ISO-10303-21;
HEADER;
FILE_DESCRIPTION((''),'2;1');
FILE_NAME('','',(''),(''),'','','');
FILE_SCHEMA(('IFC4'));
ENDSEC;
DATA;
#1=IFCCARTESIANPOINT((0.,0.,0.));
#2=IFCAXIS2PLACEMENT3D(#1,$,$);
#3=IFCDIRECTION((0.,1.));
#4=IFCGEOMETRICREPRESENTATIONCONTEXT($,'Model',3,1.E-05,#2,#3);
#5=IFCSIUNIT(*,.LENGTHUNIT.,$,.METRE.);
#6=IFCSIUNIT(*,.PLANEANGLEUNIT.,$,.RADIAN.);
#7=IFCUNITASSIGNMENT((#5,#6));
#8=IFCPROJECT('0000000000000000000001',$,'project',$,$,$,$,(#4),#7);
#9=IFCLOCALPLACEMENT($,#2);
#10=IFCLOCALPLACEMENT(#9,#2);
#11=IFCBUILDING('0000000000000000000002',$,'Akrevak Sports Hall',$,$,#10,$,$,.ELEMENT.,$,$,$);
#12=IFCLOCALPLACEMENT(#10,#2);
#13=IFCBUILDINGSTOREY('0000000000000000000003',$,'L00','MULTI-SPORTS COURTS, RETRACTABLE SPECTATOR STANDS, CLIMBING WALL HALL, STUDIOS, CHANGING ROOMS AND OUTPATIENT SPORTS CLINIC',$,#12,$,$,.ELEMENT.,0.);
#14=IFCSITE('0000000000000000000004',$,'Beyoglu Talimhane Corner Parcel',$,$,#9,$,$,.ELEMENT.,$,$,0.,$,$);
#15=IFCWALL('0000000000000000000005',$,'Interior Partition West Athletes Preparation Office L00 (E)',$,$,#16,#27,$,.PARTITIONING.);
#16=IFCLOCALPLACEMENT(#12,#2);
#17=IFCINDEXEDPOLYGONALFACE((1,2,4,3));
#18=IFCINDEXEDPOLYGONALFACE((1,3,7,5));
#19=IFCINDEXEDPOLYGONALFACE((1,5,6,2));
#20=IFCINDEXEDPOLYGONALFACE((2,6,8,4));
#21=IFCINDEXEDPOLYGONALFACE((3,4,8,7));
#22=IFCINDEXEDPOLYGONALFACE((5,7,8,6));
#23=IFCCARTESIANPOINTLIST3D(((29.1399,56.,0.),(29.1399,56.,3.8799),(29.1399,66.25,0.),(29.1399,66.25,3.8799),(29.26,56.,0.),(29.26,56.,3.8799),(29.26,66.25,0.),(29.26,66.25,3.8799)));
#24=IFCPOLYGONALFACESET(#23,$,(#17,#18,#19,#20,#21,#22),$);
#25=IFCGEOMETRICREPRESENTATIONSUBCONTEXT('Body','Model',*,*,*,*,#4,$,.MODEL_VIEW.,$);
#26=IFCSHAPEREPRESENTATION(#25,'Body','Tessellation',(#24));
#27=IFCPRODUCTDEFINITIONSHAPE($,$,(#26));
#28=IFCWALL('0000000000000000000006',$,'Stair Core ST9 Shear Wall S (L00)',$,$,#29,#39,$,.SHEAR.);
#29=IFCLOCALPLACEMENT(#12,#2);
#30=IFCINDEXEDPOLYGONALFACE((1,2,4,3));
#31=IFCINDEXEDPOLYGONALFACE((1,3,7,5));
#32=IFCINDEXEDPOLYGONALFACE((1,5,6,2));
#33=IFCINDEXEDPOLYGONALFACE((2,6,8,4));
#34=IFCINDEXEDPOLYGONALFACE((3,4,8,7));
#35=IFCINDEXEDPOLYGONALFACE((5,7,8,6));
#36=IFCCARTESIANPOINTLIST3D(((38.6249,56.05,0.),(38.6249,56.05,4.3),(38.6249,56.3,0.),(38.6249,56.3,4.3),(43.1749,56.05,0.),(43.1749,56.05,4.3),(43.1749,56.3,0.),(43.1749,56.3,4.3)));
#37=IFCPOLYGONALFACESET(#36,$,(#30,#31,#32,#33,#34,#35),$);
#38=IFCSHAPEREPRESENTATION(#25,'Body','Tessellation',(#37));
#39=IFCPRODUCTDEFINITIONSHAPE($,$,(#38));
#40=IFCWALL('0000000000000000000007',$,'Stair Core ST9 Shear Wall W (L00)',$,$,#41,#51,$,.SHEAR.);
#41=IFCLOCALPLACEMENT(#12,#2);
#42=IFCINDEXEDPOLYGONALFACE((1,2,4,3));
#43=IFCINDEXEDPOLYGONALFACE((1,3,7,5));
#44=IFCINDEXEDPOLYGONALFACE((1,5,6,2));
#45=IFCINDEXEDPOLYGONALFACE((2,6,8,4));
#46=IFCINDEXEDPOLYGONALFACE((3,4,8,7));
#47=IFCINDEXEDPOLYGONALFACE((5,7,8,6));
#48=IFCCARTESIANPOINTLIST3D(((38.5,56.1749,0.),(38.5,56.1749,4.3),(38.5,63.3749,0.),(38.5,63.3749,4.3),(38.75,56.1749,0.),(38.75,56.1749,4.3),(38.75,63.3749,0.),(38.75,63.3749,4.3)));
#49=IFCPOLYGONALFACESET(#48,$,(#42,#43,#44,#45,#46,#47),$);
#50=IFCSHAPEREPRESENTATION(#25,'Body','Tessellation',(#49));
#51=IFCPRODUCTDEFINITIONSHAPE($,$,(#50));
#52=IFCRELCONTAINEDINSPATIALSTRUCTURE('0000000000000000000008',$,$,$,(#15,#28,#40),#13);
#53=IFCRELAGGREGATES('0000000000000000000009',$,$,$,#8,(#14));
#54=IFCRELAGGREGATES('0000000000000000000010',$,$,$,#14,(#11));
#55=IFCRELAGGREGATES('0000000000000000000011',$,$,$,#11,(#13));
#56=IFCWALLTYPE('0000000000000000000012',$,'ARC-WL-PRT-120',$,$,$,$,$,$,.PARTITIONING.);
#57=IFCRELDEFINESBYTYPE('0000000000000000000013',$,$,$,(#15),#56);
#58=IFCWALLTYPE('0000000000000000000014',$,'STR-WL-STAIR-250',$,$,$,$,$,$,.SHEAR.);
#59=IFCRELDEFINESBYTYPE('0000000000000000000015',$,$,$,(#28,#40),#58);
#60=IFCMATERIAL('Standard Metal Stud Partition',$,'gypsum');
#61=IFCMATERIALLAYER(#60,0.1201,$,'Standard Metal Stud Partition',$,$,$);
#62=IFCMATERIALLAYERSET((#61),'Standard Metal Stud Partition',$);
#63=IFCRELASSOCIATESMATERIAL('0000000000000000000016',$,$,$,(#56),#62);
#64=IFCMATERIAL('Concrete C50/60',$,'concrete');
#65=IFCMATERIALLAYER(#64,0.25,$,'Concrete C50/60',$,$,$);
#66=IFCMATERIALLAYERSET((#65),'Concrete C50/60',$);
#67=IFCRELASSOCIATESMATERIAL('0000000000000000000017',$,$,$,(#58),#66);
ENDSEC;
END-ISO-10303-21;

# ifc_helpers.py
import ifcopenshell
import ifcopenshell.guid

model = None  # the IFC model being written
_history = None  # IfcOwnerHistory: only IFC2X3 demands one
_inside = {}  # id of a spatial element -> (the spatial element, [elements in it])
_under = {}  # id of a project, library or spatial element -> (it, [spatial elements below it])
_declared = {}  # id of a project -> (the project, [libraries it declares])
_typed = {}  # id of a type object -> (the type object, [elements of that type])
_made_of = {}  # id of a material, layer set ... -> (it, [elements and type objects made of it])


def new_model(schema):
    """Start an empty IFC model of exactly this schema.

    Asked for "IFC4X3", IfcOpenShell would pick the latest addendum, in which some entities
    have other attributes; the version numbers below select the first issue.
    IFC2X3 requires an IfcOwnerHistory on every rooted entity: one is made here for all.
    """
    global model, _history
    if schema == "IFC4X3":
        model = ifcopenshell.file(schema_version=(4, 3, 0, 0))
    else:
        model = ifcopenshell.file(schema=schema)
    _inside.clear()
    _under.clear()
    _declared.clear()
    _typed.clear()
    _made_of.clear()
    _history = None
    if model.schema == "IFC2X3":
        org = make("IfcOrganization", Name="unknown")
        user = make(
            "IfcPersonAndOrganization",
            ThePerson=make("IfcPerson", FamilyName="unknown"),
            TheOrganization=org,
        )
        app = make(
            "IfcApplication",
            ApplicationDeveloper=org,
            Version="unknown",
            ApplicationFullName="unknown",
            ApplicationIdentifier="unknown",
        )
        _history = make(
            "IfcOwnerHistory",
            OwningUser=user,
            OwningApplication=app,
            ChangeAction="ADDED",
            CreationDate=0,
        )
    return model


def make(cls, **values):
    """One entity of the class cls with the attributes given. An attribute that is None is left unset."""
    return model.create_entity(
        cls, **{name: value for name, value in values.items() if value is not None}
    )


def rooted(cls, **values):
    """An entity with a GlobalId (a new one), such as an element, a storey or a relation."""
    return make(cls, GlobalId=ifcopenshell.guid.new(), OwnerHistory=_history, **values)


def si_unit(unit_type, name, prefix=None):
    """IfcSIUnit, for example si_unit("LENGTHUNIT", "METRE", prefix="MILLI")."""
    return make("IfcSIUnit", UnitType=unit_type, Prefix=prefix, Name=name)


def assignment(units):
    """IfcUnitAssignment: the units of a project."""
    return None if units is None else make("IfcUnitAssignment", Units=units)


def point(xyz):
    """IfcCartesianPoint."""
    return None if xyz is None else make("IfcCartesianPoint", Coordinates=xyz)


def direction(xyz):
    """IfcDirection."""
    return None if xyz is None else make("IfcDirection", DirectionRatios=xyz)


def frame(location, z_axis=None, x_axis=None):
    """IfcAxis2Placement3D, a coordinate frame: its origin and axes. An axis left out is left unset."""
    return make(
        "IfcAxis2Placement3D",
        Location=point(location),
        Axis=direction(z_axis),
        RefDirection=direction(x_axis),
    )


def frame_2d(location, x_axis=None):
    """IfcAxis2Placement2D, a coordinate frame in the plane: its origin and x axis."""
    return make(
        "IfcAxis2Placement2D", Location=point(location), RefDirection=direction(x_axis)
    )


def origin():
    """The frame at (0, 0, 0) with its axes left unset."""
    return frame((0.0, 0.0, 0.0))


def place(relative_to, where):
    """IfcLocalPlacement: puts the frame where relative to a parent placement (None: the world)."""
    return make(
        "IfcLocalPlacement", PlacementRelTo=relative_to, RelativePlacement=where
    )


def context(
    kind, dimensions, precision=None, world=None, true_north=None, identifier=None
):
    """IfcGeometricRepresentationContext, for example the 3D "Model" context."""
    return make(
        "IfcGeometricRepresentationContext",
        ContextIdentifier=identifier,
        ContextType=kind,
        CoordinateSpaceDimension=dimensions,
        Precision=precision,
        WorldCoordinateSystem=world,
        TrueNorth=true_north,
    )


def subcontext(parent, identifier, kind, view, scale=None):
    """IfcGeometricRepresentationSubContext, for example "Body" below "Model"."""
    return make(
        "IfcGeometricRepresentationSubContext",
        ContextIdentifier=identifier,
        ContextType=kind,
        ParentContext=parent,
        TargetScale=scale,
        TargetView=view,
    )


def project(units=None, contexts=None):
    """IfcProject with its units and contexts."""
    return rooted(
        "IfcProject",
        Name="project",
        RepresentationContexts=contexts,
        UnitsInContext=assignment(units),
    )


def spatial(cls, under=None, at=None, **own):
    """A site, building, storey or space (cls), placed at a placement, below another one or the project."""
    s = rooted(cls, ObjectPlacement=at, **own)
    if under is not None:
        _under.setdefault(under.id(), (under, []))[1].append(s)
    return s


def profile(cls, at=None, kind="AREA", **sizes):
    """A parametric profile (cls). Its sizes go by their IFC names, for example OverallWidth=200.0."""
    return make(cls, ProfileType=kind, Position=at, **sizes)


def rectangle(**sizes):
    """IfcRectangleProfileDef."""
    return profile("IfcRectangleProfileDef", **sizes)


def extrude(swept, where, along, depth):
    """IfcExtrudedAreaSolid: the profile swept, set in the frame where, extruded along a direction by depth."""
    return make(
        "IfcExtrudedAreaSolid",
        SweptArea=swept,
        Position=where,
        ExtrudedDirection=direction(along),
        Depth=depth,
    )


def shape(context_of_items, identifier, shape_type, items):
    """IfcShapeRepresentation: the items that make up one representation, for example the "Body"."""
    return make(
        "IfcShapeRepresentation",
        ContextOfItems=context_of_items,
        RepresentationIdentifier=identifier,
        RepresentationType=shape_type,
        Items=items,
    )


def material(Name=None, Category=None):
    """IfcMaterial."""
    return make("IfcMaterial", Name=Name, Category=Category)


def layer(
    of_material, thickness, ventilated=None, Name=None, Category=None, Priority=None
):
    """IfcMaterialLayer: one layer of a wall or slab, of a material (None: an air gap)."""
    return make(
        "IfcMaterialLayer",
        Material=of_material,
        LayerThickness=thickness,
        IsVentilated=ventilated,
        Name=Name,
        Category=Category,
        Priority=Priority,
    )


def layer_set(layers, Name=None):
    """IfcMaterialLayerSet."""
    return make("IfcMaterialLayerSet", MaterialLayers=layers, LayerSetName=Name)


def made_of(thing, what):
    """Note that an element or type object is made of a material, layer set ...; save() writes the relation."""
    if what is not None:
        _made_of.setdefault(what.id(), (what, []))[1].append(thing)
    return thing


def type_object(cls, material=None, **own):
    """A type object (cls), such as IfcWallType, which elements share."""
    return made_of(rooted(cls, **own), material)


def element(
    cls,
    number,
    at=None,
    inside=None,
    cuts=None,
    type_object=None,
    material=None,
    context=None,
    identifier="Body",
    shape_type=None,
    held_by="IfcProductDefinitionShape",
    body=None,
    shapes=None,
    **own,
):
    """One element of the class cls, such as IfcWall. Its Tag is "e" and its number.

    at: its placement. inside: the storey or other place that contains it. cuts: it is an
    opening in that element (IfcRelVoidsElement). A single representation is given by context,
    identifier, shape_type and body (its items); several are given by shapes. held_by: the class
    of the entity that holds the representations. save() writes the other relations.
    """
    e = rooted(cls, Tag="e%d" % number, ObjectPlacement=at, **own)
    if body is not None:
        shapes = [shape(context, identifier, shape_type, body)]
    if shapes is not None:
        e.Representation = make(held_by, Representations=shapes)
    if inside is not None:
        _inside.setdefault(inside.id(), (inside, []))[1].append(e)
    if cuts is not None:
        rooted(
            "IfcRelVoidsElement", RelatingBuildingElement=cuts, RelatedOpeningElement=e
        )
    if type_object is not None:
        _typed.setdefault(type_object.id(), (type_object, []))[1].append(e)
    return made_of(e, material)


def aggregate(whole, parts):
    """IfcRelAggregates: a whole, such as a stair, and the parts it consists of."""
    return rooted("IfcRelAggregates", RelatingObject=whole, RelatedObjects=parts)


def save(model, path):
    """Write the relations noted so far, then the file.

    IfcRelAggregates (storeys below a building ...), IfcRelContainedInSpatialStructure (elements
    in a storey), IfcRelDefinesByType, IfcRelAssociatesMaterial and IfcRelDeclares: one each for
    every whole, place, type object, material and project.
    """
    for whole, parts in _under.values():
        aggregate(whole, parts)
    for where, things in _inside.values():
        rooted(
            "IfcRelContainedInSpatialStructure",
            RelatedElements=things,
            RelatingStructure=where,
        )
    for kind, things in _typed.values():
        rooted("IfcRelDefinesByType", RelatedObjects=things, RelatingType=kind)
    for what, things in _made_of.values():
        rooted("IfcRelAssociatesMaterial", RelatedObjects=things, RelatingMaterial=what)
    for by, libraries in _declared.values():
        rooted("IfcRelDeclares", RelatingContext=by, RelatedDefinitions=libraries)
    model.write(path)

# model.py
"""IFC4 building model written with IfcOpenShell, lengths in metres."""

from ifc_helpers import new_model, si_unit, direction, frame, frame_2d, origin, place, context, subcontext, project, spatial, rectangle, extrude, material, layer, layer_set, type_object, element, save


model = new_model("IFC4")

# Units and contexts
model_context = context("Model", 3, precision=1e-05, world=origin(), true_north=direction((0.0, 1.0)))
body_context = subcontext(model_context, "Body", "Model", "MODEL_VIEW")
ifc_project = project(units=[si_unit("LENGTHUNIT", "METRE"), si_unit("PLANEANGLEUNIT", "RADIAN")], contexts=[model_context])

# Site, building, storey
site_placement = place(None, origin())
site = spatial("IfcSite", under=ifc_project, at=site_placement, Name="Beyoglu Talimhane Corner Parcel", CompositionType="ELEMENT", RefElevation=0.0)
building_placement = place(site_placement, origin())
building = spatial("IfcBuilding", under=site, at=building_placement, Name="Akrevak Sports Hall", CompositionType="ELEMENT")
storey_placement = place(building_placement, origin())
storey = spatial("IfcBuildingStorey", under=building, at=storey_placement, Name="L00", Description="MULTI-SPORTS COURTS, RETRACTABLE SPECTATOR STANDS, CLIMBING WALL HALL, STUDIOS, CHANGING ROOMS AND OUTPATIENT SPORTS CLINIC", CompositionType="ELEMENT", Elevation=0.0)

# Shared definitions
ifc_material_1 = material(Name="Concrete C50/60", Category="concrete")

# Walls
ifc_material_2 = material(Name="Standard Metal Stud Partition", Category="gypsum")
ifc_layer_1 = layer(ifc_material_2, 0.1201, Name="Standard Metal Stud Partition")
ifc_layer_set_1 = layer_set([ifc_layer_1], Name="Standard Metal Stud Partition")
wall_type_1 = type_object("IfcWallType", Name="ARC-WL-PRT-120", PredefinedType="PARTITIONING", material=ifc_layer_set_1)
wall_1_placement = place(storey_placement, frame((29.2, 56.0, 0.0), z_axis=(0.0, 0.0, 1.0), x_axis=(0.0, 1.0, 0.0)))
element("IfcWall", 1, at=wall_1_placement, inside=storey, type_object=wall_type_1, Name="Interior Partition West Athletes Preparation Office L00 (E)", PredefinedType="PARTITIONING", context=body_context, shape_type="SweptSolid", body=[
    extrude(rectangle(XDim=10.25, YDim=0.1201, at=frame_2d((5.125, 0.0))), origin(), (0.0, 0.0, 1.0), 3.8799),
])
ifc_layer_2 = layer(ifc_material_1, 0.25, Name="Concrete C50/60")
ifc_layer_set_2 = layer_set([ifc_layer_2], Name="Concrete C50/60")
wall_type_2 = type_object("IfcWallType", Name="STR-WL-STAIR-250", PredefinedType="SHEAR", material=ifc_layer_set_2)
wall_2_placement = place(storey_placement, frame((38.625, 56.175, 0.0), z_axis=(0.0, 0.0, 1.0), x_axis=(1.0, 0.0, 0.0)))
element("IfcWall", 2, at=wall_2_placement, inside=storey, type_object=wall_type_2, Name="Stair Core ST9 Shear Wall S (L00)", PredefinedType="SHEAR", context=body_context, shape_type="SweptSolid", body=[
    extrude(rectangle(XDim=4.55, YDim=0.25, at=frame_2d((2.2749, 0.0))), origin(), (0.0, 0.0, 1.0), 4.3),
])
wall_3_placement = place(storey_placement, frame((38.625, 63.375, 0.0), z_axis=(0.0, 0.0, 1.0), x_axis=(0.0, -1.0, 0.0)))
element("IfcWall", 3, at=wall_3_placement, inside=storey, type_object=wall_type_2, Name="Stair Core ST9 Shear Wall W (L00)", PredefinedType="SHEAR", context=body_context, shape_type="SweptSolid", body=[
    extrude(rectangle(XDim=7.2, YDim=0.25, at=frame_2d((3.6001, 0.0))), origin(), (0.0, 0.0, 1.0), 4.3),
])

save(model, "model.ifc")
